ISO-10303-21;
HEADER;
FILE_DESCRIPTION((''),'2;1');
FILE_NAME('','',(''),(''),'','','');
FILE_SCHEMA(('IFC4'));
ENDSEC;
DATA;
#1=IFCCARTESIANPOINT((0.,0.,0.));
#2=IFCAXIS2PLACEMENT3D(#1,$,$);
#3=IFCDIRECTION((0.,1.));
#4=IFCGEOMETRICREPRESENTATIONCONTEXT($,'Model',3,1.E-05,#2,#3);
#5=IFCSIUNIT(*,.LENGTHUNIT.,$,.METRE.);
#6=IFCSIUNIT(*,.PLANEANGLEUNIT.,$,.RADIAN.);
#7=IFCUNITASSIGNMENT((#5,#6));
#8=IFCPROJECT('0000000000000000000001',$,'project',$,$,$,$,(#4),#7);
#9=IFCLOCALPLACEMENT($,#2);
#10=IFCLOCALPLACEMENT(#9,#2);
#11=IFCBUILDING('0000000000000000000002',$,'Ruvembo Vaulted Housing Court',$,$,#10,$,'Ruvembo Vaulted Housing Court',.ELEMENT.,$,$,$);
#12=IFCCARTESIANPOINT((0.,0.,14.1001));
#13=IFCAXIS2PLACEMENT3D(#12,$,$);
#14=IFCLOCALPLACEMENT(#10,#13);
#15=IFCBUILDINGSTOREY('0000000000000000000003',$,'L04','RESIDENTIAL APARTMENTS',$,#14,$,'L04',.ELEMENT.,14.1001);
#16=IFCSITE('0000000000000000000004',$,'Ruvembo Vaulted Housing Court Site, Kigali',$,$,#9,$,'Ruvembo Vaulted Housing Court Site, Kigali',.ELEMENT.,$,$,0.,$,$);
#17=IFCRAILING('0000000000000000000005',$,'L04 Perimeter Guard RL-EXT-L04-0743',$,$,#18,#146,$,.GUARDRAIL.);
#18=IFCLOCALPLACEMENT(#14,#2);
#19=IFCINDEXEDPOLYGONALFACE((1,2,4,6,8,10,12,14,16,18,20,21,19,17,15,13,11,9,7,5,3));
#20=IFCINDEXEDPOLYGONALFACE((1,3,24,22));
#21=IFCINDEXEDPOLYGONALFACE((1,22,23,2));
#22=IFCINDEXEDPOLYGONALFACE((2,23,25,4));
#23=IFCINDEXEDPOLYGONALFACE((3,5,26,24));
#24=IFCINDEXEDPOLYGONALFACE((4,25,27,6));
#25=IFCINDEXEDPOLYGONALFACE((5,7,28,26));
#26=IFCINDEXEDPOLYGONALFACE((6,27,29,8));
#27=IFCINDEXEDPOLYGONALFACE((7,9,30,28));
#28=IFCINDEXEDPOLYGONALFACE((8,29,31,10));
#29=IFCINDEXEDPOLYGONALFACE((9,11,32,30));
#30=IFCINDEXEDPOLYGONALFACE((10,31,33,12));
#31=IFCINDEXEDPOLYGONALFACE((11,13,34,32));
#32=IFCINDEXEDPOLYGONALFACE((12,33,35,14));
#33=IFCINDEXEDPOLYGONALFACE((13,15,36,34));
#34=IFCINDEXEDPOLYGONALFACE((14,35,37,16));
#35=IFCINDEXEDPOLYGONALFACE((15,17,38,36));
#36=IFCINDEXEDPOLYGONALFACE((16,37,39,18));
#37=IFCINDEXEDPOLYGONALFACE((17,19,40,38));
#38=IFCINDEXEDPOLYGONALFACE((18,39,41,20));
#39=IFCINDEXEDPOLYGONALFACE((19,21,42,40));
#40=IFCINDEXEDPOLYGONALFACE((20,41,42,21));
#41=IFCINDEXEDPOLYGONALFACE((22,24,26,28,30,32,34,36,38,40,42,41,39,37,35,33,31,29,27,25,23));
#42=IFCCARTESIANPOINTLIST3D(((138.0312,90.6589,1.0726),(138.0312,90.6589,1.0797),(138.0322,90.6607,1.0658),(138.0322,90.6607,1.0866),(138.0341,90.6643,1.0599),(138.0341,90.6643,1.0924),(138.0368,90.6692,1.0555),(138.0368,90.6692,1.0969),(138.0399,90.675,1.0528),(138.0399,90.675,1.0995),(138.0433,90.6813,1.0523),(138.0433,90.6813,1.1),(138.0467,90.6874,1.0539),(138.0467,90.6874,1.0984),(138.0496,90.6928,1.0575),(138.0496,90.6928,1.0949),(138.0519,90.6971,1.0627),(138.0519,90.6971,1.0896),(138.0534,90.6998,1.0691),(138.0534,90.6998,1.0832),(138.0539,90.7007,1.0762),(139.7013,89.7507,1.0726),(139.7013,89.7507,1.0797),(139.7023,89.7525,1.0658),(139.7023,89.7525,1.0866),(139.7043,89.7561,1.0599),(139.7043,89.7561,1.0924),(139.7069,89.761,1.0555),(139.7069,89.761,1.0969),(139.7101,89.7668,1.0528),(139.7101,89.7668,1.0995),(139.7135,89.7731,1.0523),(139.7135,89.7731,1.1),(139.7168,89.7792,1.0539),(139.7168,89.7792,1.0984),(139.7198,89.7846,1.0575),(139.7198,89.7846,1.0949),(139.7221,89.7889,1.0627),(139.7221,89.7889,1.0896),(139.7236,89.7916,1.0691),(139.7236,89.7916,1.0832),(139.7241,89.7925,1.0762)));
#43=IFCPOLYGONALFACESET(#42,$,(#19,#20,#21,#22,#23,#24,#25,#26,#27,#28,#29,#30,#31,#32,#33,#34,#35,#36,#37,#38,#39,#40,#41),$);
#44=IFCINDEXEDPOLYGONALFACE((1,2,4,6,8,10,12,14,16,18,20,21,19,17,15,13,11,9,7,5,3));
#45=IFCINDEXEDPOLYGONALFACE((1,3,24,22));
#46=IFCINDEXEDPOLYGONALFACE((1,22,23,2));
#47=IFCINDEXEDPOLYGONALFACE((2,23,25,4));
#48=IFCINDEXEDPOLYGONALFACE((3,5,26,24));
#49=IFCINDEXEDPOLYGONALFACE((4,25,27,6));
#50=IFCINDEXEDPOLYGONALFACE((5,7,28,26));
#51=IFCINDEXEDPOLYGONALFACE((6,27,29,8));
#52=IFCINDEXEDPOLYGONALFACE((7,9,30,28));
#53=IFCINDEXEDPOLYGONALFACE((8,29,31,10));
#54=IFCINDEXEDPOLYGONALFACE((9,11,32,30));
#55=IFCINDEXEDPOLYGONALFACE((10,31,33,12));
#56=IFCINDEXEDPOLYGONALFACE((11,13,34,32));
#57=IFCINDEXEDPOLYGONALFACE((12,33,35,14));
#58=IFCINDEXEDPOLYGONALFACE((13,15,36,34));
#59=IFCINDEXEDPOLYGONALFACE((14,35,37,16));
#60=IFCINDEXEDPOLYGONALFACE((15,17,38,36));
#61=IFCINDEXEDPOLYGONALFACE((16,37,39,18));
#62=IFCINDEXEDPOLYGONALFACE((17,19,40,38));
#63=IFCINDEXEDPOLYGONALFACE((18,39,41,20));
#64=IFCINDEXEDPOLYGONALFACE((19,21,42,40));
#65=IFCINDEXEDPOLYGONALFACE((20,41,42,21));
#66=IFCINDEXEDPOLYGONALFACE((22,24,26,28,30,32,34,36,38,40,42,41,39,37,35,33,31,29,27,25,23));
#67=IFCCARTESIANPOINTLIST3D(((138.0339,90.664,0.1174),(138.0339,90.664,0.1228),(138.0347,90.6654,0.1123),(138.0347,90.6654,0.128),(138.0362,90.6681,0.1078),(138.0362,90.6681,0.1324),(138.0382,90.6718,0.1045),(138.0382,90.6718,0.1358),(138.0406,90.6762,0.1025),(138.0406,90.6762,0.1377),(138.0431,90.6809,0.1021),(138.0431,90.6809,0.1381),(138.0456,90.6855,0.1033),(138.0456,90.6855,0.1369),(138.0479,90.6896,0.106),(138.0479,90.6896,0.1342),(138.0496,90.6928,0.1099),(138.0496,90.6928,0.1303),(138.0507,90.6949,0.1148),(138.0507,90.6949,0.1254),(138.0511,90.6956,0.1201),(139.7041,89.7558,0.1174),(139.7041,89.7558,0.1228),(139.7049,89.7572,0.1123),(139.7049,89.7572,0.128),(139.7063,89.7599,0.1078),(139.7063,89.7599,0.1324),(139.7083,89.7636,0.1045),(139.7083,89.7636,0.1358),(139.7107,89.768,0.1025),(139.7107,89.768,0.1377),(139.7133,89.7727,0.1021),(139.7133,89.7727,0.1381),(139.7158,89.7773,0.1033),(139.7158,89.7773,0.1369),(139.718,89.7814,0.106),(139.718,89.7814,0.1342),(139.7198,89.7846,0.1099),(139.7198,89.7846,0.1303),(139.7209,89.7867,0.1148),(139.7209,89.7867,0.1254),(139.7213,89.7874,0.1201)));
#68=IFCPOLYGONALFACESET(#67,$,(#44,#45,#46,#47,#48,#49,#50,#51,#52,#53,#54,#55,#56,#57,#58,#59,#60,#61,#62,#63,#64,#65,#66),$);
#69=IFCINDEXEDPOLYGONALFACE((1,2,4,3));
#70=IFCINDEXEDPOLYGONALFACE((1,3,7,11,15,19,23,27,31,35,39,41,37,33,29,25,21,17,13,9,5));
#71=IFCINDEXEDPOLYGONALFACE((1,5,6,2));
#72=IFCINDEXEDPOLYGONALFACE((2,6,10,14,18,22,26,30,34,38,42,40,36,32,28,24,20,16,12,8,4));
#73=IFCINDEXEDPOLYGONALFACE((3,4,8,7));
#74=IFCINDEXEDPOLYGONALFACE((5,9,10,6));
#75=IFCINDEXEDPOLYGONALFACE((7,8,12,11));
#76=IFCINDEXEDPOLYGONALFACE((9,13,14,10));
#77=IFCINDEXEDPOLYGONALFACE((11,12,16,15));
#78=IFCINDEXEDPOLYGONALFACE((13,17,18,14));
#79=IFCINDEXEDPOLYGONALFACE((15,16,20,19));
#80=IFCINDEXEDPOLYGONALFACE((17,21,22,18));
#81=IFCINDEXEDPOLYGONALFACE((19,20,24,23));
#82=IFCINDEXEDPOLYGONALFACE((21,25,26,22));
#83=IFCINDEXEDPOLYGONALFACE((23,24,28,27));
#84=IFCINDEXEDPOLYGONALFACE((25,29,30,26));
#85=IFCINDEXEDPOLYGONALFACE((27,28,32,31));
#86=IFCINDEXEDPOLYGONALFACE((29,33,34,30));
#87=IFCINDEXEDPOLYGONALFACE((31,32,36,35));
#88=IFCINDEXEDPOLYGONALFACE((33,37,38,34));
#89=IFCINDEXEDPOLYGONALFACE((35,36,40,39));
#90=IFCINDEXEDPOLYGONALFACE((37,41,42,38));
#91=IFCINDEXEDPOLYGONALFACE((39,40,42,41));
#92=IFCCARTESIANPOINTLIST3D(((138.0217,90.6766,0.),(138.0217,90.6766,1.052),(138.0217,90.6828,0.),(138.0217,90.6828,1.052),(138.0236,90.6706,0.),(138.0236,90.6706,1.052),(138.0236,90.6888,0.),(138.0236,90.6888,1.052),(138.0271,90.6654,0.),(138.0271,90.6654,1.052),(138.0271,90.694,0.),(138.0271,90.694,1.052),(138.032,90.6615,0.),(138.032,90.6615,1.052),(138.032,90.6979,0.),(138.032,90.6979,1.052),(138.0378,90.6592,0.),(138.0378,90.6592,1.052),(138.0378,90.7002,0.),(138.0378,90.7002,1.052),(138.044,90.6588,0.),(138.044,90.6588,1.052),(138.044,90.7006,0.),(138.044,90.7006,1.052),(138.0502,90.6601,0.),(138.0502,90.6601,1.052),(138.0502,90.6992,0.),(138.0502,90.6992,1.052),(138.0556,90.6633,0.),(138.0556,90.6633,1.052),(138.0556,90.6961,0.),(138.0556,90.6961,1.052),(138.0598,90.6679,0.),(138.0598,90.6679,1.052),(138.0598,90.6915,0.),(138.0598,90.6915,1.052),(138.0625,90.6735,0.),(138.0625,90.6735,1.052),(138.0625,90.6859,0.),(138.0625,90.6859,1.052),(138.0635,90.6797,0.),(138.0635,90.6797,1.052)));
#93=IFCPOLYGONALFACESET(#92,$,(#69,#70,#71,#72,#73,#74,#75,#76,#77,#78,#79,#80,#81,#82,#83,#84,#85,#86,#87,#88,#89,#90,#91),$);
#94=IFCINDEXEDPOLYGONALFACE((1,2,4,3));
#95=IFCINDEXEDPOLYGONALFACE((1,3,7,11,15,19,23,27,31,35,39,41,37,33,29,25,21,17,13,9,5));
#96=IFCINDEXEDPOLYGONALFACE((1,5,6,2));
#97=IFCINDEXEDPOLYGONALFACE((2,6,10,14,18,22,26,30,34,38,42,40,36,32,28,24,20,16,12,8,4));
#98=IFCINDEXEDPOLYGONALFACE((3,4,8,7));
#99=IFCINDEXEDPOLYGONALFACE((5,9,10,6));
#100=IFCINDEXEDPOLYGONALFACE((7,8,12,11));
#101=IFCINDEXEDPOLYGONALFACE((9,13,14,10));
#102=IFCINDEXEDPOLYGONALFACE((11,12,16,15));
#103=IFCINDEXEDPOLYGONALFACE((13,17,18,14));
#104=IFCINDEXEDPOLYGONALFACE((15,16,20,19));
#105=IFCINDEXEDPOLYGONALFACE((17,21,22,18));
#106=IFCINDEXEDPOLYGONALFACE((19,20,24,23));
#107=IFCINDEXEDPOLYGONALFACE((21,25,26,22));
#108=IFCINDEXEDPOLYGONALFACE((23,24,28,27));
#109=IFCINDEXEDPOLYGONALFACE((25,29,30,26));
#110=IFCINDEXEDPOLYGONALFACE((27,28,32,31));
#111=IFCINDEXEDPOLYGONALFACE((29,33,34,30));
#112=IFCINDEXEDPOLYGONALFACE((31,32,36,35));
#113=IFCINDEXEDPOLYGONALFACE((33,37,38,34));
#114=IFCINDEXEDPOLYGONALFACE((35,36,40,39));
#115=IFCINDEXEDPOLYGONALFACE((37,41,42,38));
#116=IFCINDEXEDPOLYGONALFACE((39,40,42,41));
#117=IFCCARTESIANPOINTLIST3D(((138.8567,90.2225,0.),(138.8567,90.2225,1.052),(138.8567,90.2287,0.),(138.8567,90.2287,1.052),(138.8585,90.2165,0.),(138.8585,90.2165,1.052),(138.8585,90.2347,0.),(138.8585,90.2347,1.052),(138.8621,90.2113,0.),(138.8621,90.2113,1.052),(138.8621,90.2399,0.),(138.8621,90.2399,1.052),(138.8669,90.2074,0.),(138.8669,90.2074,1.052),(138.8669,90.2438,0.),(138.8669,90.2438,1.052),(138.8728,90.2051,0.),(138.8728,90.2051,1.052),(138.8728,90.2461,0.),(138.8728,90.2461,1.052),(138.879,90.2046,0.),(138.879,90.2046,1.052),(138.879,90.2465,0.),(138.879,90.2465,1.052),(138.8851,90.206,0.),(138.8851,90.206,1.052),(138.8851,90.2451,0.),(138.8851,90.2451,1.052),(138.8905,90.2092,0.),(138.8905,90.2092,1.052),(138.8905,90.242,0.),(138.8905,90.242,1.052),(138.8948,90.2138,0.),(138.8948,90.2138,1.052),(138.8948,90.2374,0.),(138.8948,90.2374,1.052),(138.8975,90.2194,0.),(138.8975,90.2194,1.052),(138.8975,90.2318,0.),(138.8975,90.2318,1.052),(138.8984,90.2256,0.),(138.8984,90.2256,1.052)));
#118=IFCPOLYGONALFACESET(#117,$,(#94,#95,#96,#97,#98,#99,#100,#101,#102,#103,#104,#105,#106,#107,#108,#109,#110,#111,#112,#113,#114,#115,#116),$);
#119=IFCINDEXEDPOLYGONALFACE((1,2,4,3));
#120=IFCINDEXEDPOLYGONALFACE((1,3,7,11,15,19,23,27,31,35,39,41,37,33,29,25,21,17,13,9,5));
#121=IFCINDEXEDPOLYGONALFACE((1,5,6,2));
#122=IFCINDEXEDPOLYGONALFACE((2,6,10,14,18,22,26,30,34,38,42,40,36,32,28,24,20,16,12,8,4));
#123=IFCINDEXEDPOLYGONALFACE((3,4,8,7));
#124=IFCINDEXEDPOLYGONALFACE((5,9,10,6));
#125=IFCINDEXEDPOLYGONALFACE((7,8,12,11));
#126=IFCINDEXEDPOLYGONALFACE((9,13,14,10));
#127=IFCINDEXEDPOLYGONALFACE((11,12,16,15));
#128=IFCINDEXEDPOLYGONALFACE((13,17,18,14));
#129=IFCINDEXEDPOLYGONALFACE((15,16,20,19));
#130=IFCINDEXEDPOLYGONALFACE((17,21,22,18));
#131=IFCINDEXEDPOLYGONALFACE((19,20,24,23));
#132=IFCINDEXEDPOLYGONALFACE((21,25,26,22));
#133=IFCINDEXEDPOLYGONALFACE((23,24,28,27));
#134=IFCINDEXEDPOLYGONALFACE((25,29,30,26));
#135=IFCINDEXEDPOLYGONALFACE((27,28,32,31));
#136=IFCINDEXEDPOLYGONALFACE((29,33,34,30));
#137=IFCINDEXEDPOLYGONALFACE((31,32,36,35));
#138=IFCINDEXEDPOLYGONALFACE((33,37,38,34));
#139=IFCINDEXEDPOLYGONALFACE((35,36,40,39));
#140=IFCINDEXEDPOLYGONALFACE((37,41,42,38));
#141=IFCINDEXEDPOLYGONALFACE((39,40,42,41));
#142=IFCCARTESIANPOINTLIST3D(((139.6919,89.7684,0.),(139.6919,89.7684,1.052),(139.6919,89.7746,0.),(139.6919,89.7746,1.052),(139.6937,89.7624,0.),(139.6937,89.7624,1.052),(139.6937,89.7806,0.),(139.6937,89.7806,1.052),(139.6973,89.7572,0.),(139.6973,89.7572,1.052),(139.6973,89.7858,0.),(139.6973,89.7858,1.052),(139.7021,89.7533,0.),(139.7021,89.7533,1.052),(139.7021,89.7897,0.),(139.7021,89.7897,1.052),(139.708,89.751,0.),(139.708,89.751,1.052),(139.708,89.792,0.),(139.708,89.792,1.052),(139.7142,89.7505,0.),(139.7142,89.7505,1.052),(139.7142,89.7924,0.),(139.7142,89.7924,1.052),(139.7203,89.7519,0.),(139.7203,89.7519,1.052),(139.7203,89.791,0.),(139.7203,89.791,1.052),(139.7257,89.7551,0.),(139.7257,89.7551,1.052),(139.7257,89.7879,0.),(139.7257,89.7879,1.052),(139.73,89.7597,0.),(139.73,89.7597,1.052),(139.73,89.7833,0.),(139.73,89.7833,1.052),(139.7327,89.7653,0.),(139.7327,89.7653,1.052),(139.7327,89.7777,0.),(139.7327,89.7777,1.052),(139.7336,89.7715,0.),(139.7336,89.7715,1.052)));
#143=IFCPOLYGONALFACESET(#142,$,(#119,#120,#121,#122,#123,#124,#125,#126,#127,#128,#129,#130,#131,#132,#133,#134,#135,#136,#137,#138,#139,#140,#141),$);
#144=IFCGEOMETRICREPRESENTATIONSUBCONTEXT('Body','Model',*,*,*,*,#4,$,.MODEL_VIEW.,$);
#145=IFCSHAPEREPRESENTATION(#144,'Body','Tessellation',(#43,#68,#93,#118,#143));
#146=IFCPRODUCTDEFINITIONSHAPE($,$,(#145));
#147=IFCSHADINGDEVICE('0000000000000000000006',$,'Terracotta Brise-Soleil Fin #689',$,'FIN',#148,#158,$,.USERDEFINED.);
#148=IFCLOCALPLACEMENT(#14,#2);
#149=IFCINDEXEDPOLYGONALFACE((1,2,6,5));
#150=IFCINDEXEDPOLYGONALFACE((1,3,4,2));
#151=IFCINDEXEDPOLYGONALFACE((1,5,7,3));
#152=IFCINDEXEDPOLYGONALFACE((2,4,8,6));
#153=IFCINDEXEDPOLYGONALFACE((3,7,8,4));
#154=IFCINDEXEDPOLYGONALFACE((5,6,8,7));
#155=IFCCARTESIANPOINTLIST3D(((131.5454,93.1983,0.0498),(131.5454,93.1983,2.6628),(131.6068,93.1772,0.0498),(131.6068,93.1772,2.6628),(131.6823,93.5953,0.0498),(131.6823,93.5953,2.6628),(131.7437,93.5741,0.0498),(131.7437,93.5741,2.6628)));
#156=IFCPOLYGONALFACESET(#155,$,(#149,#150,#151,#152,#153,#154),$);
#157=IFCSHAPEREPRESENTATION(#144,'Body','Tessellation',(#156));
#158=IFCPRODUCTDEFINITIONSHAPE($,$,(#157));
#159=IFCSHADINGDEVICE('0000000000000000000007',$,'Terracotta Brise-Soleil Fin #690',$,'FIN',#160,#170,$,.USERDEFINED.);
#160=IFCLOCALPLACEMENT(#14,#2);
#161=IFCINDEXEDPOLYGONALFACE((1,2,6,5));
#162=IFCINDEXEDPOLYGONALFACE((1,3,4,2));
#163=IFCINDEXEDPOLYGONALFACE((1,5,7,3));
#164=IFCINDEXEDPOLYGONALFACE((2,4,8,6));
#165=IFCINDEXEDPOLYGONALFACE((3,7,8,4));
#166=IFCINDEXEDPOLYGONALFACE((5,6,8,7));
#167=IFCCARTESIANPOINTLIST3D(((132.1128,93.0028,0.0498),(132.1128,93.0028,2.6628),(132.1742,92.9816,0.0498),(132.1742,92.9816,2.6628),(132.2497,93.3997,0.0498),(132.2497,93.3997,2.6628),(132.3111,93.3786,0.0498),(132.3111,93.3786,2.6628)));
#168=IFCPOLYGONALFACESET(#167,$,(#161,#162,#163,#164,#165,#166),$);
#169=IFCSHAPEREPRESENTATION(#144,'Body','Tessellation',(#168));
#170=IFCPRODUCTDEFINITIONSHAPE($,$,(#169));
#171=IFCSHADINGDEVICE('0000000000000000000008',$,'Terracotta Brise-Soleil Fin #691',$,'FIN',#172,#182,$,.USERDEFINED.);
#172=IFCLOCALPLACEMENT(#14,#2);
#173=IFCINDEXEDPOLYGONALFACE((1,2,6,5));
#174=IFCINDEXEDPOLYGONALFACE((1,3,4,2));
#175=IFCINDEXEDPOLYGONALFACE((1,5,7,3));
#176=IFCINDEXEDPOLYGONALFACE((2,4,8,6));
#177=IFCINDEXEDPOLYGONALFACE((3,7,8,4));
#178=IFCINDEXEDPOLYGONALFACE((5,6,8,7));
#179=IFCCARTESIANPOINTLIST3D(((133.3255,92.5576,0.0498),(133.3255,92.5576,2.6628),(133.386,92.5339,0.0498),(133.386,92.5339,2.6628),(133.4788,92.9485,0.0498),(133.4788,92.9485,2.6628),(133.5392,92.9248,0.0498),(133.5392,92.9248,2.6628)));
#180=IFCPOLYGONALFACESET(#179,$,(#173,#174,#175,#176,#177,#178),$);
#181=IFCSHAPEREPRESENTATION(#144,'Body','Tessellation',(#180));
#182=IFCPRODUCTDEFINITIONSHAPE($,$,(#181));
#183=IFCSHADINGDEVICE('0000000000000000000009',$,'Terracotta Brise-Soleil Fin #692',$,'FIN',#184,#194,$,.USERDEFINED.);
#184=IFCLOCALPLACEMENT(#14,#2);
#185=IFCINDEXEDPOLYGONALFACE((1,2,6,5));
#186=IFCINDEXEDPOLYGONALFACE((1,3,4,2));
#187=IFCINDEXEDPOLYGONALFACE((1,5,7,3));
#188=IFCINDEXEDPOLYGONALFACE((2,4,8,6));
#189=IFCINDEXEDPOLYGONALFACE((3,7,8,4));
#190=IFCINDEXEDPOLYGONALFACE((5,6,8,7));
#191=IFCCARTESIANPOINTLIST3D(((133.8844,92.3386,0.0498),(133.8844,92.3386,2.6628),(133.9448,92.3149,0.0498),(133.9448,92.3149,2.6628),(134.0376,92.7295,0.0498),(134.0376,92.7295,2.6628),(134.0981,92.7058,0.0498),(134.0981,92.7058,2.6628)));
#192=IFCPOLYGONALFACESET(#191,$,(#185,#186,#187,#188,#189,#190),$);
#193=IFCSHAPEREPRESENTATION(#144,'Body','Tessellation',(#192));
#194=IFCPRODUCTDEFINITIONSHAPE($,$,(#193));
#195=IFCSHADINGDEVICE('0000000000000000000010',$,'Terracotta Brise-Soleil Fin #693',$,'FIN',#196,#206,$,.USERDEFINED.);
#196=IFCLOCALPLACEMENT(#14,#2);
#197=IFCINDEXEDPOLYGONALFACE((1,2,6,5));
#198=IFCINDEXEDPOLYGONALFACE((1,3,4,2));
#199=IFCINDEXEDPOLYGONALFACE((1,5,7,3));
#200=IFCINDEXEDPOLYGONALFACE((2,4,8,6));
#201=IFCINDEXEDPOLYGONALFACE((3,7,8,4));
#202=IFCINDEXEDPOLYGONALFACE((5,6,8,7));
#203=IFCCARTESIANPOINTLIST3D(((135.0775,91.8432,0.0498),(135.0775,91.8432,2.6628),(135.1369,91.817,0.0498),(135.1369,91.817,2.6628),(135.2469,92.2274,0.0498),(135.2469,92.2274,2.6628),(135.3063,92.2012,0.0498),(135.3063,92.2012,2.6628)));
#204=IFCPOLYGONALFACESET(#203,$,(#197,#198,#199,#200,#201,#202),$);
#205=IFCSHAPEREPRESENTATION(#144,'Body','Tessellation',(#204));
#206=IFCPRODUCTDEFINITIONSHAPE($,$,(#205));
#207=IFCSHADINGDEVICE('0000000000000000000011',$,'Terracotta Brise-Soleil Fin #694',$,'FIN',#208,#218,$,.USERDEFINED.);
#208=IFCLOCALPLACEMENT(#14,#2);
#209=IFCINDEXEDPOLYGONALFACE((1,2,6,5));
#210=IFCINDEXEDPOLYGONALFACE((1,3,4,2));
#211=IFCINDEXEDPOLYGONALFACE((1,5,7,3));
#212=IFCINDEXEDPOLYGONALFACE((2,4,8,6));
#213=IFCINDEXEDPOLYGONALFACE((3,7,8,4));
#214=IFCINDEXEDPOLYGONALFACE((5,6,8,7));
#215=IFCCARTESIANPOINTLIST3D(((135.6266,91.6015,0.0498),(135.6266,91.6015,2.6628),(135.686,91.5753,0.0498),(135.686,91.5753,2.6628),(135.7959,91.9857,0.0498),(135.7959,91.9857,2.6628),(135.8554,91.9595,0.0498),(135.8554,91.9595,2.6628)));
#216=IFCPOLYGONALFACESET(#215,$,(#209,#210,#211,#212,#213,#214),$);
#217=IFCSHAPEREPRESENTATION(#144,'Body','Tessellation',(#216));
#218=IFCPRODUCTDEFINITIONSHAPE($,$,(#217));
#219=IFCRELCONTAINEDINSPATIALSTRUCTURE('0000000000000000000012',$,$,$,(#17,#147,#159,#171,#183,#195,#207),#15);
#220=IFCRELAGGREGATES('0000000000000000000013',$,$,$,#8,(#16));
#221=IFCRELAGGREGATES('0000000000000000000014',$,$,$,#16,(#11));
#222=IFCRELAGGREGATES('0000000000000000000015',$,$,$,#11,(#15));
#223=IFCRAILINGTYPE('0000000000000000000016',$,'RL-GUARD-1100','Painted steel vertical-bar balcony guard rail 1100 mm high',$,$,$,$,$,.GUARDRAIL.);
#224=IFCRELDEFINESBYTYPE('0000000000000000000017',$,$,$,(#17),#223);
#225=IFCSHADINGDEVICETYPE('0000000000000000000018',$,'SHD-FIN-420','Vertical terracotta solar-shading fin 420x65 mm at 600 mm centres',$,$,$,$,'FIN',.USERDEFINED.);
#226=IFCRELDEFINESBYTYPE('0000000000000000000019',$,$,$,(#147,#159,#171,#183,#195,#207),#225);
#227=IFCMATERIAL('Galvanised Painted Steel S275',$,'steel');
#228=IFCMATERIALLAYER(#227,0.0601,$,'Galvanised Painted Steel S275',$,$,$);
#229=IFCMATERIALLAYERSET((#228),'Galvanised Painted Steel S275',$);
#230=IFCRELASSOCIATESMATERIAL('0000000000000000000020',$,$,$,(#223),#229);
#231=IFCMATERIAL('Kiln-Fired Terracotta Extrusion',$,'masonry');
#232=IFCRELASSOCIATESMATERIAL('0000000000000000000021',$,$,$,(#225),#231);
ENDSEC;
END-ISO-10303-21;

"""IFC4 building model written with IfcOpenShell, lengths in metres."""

from ifc_helpers import new_model, si_unit, direction, frame, origin, origin_2d, place, context, subcontext, project, spatial, rectangle, circle, extrude, material, layer, layer_set, type_object, element, save


model = new_model("IFC4")

# Units and contexts
model_context = context("Model", 3, precision=1e-05, world=origin(), true_north=direction((0.0, 1.0)))
body_context = subcontext(model_context, "Body", "Model", "MODEL_VIEW")
ifc_project = project(units=[si_unit("LENGTHUNIT", "METRE"), si_unit("PLANEANGLEUNIT", "RADIAN")], contexts=[model_context])

# Site, building, storey
site_placement = place(None, origin())
site = spatial("IfcSite", under=ifc_project, at=site_placement, Name="Ruvembo Vaulted Housing Court Site, Kigali", LongName="Ruvembo Vaulted Housing Court Site, Kigali", CompositionType="ELEMENT", RefElevation=0.0)
building_placement = place(site_placement, origin())
building = spatial("IfcBuilding", under=site, at=building_placement, Name="Ruvembo Vaulted Housing Court", LongName="Ruvembo Vaulted Housing Court", CompositionType="ELEMENT")
storey_placement = place(building_placement, frame((0.0, 0.0, 14.1001)))
storey = spatial("IfcBuildingStorey", under=building, at=storey_placement, Name="L04", Description="RESIDENTIAL APARTMENTS", LongName="L04", CompositionType="ELEMENT", Elevation=14.1001)

# Railing
ifc_material_1 = material(Name="Galvanised Painted Steel S275", Category="steel")
ifc_layer_1 = layer(ifc_material_1, 0.0601, Name="Galvanised Painted Steel S275")
ifc_layer_set_1 = layer_set([ifc_layer_1], Name="Galvanised Painted Steel S275")
railing_type = type_object("IfcRailingType", Name="RL-GUARD-1100", Description="Painted steel vertical-bar balcony guard rail 1100 mm high", PredefinedType="GUARDRAIL", material=ifc_layer_set_1)
railing_1_placement = place(storey_placement, frame((138.0425, 90.6797, 0.0)))
element("IfcRailing", 1, at=railing_1_placement, inside=storey, type_object=railing_type, Name="L04 Perimeter Guard RL-EXT-L04-0743", PredefinedType="GUARDRAIL", context=body_context, shape_type="SweptSolid", body=[
    extrude(circle(Radius=0.0239, at=origin_2d()), frame((0.0, 0.0, 1.0762), z_axis=(0.878513, -0.477718, 0.0), x_axis=(0.477718, 0.878513, 0.0)), (0.0, 0.0, 1.0), 1.9011),
    extrude(circle(Radius=0.0181, at=origin_2d()), frame((0.0, 0.0, 0.1201), z_axis=(0.878513, -0.477718, 0.0), x_axis=(0.477718, 0.878513, 0.0)), (0.0, 0.0, 1.0), 1.9011),
    extrude(circle(Radius=0.021, at=origin_2d()), origin(), (0.0, 0.0, 1.0), 1.052),
    extrude(circle(Radius=0.021, at=origin_2d()), frame((0.835, -0.4541, 0.0)), (0.0, 0.0, 1.0), 1.052),
    extrude(circle(Radius=0.021, at=origin_2d()), frame((1.6702, -0.9082, 0.0)), (0.0, 0.0, 1.0), 1.052),
])

# Shading devices
ifc_material_2 = material(Name="Kiln-Fired Terracotta Extrusion", Category="masonry")
shading_device_type = type_object("IfcShadingDeviceType", Name="SHD-FIN-420", Description="Vertical terracotta solar-shading fin 420x65 mm at 600 mm centres", ElementType="FIN", PredefinedType="USERDEFINED", material=ifc_material_2)
for number, where, z_axis, x_axis, name in (
    (2, (131.6445, 93.3862, 0.0498), (0.0, 0.0, 1.0), (-0.32603, -0.945359, 0.0), "Terracotta Brise-Soleil Fin #689"),
    (3, (132.2119, 93.1907, 0.0498), (0.0, 0.0, 1.0), (-0.32603, -0.945359, 0.0), "Terracotta Brise-Soleil Fin #690"),
    (4, (133.4324, 92.7412, 0.0498), (0.0, 0.0, 1.0), (-0.364958, -0.931024, 0.0), "Terracotta Brise-Soleil Fin #691"),
    (5, (133.9912, 92.5222, 0.0498), (0.0, 0.0, 1.0), (-0.364958, -0.931024, 0.0), "Terracotta Brise-Soleil Fin #692"),
    (6, (135.1919, 92.0222, 0.0498), (0.0, 0.0, 1.0), (-0.403306, -0.915065, 0.0), "Terracotta Brise-Soleil Fin #693"),
    (7, (135.741, 91.7805, 0.0498), (0.0, 0.0, 1.0), (-0.403306, -0.915065, 0.0), "Terracotta Brise-Soleil Fin #694"),
):
    element("IfcShadingDevice", number, at=place(storey_placement, frame(where, z_axis=z_axis, x_axis=x_axis)), inside=storey, type_object=shading_device_type, Name=name, ObjectType="FIN", PredefinedType="USERDEFINED", context=body_context, shape_type="SweptSolid", body=[
        extrude(rectangle(XDim=0.4199, YDim=0.0649, at=origin_2d()), origin(), (0.0, 0.0, 1.0), 2.613),
    ])

save(model, "model.ifc")
